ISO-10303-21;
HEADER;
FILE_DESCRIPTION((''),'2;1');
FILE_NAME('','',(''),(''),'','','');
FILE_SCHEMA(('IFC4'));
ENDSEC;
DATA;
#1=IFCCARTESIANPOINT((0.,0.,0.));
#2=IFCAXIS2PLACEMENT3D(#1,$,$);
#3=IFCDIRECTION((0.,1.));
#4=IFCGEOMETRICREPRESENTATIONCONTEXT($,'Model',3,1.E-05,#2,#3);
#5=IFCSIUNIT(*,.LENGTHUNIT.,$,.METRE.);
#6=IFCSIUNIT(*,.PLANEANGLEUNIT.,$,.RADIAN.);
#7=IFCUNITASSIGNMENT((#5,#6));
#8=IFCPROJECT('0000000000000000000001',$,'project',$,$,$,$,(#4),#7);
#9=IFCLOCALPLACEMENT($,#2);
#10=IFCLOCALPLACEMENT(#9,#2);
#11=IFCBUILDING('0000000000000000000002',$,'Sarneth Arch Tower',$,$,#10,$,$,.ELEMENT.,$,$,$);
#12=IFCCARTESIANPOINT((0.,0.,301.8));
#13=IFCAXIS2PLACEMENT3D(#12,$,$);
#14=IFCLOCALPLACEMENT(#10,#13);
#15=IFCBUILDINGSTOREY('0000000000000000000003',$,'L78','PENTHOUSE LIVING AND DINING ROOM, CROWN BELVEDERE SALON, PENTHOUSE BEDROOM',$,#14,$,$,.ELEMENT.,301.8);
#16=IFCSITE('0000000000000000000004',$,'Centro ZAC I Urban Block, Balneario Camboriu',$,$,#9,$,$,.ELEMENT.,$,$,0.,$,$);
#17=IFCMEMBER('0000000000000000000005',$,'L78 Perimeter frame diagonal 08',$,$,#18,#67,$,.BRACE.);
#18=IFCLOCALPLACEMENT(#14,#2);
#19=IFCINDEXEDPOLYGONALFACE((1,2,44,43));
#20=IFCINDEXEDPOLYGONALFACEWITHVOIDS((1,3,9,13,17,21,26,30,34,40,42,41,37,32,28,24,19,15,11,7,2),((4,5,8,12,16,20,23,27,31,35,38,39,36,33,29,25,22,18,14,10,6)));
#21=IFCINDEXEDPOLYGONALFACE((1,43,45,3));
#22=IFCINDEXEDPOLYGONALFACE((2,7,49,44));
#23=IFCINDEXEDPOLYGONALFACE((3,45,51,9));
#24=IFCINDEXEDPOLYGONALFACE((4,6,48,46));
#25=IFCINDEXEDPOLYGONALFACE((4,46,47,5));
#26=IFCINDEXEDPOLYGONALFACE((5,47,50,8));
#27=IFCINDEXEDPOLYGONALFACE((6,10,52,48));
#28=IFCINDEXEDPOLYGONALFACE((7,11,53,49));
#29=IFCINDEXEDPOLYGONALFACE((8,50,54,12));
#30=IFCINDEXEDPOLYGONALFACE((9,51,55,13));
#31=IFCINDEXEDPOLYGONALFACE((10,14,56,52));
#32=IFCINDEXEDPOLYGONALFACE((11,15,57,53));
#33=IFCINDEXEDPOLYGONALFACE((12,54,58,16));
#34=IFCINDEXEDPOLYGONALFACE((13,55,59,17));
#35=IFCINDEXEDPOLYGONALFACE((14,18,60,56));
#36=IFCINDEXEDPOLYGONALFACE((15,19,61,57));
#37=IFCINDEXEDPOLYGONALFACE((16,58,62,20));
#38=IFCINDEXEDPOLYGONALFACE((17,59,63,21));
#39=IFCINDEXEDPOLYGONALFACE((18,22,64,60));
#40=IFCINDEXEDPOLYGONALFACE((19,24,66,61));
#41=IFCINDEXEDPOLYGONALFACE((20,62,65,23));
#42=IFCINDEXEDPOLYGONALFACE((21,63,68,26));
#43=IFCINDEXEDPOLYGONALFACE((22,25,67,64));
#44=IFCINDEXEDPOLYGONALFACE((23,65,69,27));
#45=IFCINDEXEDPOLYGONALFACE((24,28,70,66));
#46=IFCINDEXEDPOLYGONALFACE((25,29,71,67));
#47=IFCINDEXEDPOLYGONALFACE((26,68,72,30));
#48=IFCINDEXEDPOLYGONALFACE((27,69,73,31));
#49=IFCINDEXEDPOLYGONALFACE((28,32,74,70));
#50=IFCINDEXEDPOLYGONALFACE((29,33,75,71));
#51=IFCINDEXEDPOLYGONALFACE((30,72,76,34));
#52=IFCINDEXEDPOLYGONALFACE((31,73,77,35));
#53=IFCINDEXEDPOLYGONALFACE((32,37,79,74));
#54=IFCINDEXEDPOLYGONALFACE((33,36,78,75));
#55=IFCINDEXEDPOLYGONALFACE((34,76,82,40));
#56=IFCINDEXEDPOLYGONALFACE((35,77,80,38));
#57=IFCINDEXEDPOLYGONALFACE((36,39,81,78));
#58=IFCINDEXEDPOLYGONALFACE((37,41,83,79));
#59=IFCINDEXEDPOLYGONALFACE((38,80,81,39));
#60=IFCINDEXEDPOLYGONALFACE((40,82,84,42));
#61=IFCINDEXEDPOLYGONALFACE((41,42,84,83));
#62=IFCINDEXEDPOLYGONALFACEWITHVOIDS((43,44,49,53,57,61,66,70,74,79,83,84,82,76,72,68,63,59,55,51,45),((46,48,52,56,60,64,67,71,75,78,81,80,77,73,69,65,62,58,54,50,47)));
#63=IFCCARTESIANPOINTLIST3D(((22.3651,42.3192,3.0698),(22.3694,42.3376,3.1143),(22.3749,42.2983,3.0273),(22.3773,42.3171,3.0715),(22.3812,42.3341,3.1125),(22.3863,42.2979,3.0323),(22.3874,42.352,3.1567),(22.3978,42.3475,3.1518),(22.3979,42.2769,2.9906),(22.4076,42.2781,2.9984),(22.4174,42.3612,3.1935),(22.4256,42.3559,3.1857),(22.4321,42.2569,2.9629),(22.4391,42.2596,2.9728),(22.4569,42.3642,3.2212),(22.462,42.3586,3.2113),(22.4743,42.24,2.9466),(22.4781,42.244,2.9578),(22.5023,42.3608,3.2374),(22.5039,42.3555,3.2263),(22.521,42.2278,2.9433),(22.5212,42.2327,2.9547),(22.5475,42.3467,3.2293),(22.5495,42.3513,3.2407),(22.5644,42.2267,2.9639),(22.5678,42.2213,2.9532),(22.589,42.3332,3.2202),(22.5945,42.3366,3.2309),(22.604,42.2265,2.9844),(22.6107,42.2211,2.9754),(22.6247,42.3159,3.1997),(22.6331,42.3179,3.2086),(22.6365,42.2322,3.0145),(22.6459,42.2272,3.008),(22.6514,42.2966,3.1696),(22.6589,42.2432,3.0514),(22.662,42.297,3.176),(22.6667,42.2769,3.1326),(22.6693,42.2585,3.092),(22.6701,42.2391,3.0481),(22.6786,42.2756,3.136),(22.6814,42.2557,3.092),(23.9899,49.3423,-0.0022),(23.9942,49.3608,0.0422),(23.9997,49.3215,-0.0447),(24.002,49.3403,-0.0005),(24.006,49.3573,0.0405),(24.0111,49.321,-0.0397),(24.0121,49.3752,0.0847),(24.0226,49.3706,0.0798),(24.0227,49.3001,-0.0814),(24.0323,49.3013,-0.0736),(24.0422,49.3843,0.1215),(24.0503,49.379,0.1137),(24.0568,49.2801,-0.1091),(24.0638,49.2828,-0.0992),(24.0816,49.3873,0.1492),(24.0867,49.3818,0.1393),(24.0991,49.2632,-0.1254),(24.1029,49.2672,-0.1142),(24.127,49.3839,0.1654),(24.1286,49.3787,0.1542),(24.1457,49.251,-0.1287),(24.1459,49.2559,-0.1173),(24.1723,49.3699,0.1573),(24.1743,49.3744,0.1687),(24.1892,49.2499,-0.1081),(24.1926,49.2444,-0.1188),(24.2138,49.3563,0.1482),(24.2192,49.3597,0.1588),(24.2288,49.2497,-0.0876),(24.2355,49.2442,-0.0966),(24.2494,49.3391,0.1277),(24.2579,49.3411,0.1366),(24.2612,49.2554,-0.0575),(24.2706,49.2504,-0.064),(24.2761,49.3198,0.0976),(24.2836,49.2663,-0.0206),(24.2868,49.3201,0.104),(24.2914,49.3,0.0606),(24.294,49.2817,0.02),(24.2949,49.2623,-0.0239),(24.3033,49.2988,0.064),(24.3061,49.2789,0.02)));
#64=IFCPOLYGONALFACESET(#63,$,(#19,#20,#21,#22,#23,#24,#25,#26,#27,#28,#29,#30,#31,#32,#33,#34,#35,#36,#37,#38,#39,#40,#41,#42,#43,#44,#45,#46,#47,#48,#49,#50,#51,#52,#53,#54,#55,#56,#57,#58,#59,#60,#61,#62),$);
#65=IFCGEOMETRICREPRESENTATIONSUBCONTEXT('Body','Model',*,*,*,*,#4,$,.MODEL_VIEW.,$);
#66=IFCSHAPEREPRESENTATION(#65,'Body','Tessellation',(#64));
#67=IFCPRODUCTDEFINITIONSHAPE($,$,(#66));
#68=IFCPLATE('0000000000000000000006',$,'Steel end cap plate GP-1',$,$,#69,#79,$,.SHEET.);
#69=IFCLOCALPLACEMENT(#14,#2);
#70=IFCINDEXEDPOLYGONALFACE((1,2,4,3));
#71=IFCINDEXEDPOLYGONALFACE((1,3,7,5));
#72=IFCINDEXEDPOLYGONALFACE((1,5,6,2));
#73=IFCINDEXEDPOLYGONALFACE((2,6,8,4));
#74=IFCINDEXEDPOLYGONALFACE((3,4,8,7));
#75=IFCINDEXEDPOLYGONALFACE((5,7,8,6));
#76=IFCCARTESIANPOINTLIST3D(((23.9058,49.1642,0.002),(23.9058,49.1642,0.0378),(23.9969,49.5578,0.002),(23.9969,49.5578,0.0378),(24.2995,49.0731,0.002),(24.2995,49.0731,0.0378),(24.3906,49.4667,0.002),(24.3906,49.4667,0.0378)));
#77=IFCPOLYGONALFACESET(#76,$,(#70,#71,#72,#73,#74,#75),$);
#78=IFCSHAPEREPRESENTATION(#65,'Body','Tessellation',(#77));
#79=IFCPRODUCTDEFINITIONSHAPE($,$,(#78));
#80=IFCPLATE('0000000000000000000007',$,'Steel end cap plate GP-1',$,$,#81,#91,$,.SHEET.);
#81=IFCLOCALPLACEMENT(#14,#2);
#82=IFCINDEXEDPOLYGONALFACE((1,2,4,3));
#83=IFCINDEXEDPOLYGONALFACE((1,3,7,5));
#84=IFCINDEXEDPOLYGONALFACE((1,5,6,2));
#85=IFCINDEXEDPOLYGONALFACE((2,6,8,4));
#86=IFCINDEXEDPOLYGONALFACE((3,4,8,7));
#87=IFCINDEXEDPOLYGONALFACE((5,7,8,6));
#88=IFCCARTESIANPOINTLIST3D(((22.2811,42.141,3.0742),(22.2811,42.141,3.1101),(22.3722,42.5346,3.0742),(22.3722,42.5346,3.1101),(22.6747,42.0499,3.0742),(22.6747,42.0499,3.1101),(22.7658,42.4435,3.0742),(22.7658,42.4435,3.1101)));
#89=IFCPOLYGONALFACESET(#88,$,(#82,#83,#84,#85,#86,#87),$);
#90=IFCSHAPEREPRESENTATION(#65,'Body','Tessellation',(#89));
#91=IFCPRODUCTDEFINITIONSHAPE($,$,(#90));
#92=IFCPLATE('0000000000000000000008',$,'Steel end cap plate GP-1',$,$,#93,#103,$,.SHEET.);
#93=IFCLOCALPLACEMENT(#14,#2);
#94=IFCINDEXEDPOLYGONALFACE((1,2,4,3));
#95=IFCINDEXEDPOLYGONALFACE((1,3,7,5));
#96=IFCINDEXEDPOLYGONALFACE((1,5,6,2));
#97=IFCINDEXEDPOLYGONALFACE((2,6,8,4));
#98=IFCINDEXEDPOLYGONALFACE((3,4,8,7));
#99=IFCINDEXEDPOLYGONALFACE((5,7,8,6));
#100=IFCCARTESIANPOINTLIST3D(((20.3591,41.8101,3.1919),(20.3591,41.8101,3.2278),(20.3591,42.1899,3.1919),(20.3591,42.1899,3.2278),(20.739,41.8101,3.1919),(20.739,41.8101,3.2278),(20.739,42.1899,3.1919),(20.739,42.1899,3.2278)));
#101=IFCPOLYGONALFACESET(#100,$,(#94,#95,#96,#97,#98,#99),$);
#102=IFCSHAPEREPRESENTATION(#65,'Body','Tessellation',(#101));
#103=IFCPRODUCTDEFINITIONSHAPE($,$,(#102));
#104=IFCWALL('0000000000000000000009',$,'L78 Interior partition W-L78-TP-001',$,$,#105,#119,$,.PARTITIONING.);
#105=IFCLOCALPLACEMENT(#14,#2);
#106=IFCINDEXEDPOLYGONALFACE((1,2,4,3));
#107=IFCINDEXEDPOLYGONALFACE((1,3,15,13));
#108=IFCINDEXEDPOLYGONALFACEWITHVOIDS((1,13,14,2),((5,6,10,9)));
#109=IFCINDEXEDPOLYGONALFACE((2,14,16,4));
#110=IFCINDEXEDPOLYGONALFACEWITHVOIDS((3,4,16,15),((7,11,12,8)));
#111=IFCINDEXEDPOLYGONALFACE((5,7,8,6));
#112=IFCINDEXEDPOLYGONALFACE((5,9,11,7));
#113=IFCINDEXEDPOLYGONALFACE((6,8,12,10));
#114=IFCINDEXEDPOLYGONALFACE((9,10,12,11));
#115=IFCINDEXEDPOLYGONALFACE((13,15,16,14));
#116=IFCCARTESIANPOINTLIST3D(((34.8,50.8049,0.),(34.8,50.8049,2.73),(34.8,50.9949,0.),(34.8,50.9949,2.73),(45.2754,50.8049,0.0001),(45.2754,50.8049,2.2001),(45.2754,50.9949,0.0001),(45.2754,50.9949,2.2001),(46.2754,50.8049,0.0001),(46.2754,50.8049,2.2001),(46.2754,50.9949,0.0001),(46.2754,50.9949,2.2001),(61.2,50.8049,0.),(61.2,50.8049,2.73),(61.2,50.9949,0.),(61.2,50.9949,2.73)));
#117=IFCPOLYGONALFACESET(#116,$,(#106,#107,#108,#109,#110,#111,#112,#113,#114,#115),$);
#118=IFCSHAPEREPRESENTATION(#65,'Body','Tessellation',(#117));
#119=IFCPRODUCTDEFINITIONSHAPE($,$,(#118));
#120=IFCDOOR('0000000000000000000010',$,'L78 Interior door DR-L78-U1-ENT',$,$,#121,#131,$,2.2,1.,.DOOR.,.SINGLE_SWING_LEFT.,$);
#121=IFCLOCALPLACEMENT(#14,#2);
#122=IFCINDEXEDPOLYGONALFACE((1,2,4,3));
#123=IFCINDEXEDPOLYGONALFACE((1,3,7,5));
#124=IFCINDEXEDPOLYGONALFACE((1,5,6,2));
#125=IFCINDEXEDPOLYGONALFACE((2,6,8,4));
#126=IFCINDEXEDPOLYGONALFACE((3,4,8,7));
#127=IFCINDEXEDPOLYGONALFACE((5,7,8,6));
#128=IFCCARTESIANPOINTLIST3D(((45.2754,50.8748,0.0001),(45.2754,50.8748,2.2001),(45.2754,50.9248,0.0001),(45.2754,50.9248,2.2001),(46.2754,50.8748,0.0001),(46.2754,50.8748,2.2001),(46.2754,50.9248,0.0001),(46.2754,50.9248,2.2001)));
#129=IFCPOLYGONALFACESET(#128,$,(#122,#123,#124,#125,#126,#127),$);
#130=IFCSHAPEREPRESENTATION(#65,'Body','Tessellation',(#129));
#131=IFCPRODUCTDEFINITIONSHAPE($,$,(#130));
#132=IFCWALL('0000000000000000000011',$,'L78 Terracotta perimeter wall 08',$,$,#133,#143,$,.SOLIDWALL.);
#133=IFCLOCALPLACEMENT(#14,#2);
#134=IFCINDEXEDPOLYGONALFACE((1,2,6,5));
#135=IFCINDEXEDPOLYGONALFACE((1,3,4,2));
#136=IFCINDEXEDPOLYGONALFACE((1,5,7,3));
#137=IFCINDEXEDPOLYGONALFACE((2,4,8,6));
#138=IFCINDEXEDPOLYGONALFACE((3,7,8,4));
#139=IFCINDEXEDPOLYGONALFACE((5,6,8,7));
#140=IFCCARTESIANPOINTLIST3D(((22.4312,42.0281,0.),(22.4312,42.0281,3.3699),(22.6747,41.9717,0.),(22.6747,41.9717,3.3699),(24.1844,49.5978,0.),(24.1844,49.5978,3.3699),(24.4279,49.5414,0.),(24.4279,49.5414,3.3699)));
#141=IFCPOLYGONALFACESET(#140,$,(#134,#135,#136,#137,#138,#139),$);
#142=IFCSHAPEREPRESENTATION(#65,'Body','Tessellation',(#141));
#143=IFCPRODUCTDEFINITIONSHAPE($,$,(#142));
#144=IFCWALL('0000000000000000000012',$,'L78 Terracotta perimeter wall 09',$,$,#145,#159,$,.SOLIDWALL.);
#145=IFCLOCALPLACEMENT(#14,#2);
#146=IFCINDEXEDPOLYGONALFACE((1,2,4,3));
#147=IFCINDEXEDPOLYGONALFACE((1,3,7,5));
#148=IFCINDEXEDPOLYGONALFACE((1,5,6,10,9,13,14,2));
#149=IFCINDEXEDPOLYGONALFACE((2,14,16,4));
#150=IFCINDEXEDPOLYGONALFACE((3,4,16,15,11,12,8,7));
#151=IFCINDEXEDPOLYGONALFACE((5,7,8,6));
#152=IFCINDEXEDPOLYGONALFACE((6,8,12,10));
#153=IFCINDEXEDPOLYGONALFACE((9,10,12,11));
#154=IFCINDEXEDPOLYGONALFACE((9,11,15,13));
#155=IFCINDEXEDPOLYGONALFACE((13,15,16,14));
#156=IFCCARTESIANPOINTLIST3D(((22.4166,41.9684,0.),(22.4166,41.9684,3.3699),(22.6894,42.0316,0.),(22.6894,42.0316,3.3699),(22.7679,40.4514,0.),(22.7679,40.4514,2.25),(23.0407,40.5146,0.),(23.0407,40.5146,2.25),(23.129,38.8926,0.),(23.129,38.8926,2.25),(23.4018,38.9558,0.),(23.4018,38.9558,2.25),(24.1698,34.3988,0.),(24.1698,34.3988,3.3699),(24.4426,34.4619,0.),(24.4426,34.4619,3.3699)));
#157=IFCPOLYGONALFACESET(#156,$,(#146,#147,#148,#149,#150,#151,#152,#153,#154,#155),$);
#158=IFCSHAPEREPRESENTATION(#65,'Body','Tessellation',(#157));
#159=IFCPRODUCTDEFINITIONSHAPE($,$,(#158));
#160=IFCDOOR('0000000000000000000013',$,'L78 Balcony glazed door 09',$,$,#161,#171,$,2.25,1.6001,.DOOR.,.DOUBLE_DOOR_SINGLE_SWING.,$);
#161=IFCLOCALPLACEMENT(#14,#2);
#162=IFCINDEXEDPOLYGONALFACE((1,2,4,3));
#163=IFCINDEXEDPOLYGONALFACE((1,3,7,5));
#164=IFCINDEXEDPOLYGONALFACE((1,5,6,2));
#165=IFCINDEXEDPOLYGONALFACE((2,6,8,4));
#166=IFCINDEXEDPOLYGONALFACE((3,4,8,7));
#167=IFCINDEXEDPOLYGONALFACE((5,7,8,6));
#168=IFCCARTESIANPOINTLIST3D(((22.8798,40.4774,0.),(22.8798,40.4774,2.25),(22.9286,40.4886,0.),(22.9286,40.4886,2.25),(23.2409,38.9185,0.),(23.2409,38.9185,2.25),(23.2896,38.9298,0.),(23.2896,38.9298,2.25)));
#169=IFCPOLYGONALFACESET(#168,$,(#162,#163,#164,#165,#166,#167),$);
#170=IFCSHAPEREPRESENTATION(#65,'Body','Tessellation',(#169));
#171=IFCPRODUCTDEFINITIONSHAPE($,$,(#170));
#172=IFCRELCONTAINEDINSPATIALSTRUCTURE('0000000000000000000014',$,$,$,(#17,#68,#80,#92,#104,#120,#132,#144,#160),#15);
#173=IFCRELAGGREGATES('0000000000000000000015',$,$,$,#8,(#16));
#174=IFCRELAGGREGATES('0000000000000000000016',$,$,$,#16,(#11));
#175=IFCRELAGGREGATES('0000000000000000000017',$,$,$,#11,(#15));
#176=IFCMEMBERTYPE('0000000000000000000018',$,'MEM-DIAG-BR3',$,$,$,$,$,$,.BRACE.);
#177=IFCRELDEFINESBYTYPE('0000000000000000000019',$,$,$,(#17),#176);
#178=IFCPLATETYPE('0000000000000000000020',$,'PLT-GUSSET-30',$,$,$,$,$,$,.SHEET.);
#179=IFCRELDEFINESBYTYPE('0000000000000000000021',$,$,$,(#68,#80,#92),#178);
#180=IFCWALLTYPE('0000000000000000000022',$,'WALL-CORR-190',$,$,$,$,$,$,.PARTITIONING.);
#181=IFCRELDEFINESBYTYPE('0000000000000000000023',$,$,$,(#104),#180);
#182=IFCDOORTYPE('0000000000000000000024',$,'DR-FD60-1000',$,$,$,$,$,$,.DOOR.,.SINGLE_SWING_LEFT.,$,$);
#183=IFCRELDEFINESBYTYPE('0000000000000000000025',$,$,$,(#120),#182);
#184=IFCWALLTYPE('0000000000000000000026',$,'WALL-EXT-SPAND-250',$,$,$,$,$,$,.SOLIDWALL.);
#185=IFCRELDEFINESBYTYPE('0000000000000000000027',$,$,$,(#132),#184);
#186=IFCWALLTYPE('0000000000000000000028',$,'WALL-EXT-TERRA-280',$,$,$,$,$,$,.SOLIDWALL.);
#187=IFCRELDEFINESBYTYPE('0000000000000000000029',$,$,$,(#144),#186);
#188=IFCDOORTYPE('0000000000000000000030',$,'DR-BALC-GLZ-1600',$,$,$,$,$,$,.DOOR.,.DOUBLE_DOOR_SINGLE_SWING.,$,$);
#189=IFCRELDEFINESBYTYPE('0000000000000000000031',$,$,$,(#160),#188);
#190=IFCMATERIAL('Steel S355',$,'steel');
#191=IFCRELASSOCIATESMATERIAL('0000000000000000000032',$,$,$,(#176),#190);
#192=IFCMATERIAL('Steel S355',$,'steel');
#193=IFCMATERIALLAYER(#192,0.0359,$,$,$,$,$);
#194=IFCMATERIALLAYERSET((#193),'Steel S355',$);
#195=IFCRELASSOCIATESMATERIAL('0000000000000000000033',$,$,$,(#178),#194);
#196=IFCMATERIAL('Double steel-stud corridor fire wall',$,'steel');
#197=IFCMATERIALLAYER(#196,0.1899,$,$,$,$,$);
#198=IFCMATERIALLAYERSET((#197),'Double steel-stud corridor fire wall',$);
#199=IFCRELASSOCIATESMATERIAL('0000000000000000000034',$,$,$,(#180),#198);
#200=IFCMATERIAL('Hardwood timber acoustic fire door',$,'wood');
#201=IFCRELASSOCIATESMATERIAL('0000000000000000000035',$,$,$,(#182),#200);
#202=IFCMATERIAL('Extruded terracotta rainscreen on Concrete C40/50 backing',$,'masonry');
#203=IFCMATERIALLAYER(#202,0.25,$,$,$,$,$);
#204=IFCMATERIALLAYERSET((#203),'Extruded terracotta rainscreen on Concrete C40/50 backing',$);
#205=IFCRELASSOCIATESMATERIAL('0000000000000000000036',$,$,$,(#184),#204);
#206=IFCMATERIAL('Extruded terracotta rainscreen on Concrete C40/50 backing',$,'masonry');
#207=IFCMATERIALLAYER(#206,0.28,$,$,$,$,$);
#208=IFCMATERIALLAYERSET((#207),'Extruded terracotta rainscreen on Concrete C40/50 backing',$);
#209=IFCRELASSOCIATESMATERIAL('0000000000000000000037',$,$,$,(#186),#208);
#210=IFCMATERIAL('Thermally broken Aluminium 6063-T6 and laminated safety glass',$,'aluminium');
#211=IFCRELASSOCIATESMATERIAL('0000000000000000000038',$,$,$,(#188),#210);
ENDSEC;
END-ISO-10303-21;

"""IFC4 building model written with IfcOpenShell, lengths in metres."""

from ifc_helpers import new_model, si_unit, direction, frame, frame_2d, origin, origin_2d, place, context, subcontext, project, spatial, rectangle, hollow_circle, extrude, material, layer, layer_set, material_profile, profile_set, type_object, element, fill, save


model = new_model("IFC4")

# Units and contexts
model_context = context("Model", 3, precision=1e-05, world=origin(), true_north=direction((0.0, 1.0)))
body_context = subcontext(model_context, "Body", "Model", "MODEL_VIEW")
ifc_project = project(units=[si_unit("LENGTHUNIT", "METRE"), si_unit("PLANEANGLEUNIT", "RADIAN")], contexts=[model_context])

# Site, building, storey
site_placement = place(None, origin())
site = spatial("IfcSite", under=ifc_project, at=site_placement, Name="Centro ZAC I Urban Block, Balneario Camboriu", CompositionType="ELEMENT", RefElevation=0.0)
building_placement = place(site_placement, origin())
building = spatial("IfcBuilding", under=site, at=building_placement, Name="Sarneth Arch Tower", CompositionType="ELEMENT")
storey_placement = place(building_placement, frame((0.0, 0.0, 301.8)))
storey = spatial("IfcBuildingStorey", under=building, at=storey_placement, Name="L78", Description="PENTHOUSE LIVING AND DINING ROOM, CROWN BELVEDERE SALON, PENTHOUSE BEDROOM", CompositionType="ELEMENT", Elevation=301.8)

# Member
ifc_material_1 = material(Name="Steel S355", Category="steel")
ifc_material_profile_1 = material_profile(ifc_material_1, hollow_circle(Radius=0.1621, WallThickness=0.0125, at=origin_2d()), Name="CHS324x12.5")
ifc_profile_set_1 = profile_set([ifc_material_profile_1], Name="Steel S355")
member_type_1 = type_object("IfcMemberType", Name="MEM-DIAG-BR3", PredefinedType="BRACE", material=ifc_profile_set_1)
member_1_placement = place(storey_placement, frame((24.1482, 49.3154, 0.02), z_axis=(-0.207346, -0.896276, 0.392041), x_axis=(0.974269, -0.225389, 0.0)))
element("IfcMember", 1, at=member_1_placement, inside=storey, type_object=member_type_1, Name="L78 Perimeter frame diagonal 08", PredefinedType="BRACE", context=body_context, shape_type="SweptSolid", body=[
    extrude(hollow_circle(Radius=0.1621, WallThickness=0.0125, at=origin_2d()), origin(), (0.0, 0.0, 1.0), 7.8359),
])

# Plates
ifc_material_2 = material(Name="Steel S355", Category="steel")
ifc_layer_1 = layer(ifc_material_2, 0.0359)
ifc_layer_set_1 = layer_set([ifc_layer_1], Name="Steel S355")
plate_type = type_object("IfcPlateType", Name="PLT-GUSSET-30", PredefinedType="SHEET", material=ifc_layer_set_1)
for number, where, z_axis, x_axis, name in (
    (2, (24.1482, 49.3154, 0.002), (0.0, 0.0, 1.0), (-0.225461, -0.974252, 0.0), "Steel end cap plate GP-1"),
    (3, (22.5234, 42.2922, 3.0742), (0.0, 0.0, 1.0), (-0.225461, -0.974252, 0.0), "Steel end cap plate GP-1"),
):
    element("IfcPlate", number, at=place(storey_placement, frame(where, z_axis=z_axis, x_axis=x_axis)), inside=storey, type_object=plate_type, Name=name, PredefinedType="SHEET", context=body_context, shape_type="SweptSolid", body=[
        extrude(rectangle(XDim=0.4041, YDim=0.4041, at=origin_2d()), origin(), (0.0, 0.0, 1.0), 0.0359),
    ])
plate_placement = place(storey_placement, frame((20.5491, 42.0, 3.1919), z_axis=(0.0, 0.0, 1.0), x_axis=(-1.0, 0.0, 0.0)))
element("IfcPlate", 4, at=plate_placement, inside=storey, type_object=plate_type, Name="Steel end cap plate GP-1", PredefinedType="SHEET", context=body_context, shape_type="SweptSolid", body=[
    extrude(rectangle(XDim=0.3799, YDim=0.3799, at=origin_2d()), origin(), (0.0, 0.0, 1.0), 0.0359),
])

# Wall, opening, door
ifc_material_3 = material(Name="Double steel-stud corridor fire wall", Category="steel")
ifc_layer_2 = layer(ifc_material_3, 0.1899)
ifc_layer_set_2 = layer_set([ifc_layer_2], Name="Double steel-stud corridor fire wall")
wall_type_1 = type_object("IfcWallType", Name="WALL-CORR-190", PredefinedType="PARTITIONING", material=ifc_layer_set_2)
wall_1_placement = place(storey_placement, frame((34.8, 50.8999, 0.0), z_axis=(0.0, 0.0, 1.0), x_axis=(1.0, 0.0, 0.0)))
wall_1 = element("IfcWall", 5, at=wall_1_placement, inside=storey, type_object=wall_type_1, Name="L78 Interior partition W-L78-TP-001", PredefinedType="PARTITIONING", context=body_context, shape_type="SweptSolid", body=[
    extrude(rectangle(XDim=26.3999, YDim=0.1899, at=frame_2d((13.2, 0.0))), origin(), (0.0, 0.0, 1.0), 2.73),
])
opening_1_placement = place(wall_1_placement, frame((10.4753, 0.0, 0.0)))
opening_1 = element("IfcOpeningElement", 6, at=opening_1_placement, cuts=wall_1, PredefinedType="OPENING", context=body_context, shape_type="SweptSolid", body=[
    extrude(rectangle(XDim=1.0, YDim=2.2, at=frame_2d((0.5, 1.1001))), frame((0.0, 0.105, 0.0), z_axis=(0.0, -1.0, 0.0), x_axis=(1.0, 0.0, 0.0)), (0.0, 0.0, 1.0), 0.21),
])
ifc_material_4 = material(Name="Hardwood timber acoustic fire door", Category="wood")
door_type_1 = type_object("IfcDoorType", Name="DR-FD60-1000", OperationType="SINGLE_SWING_LEFT", PredefinedType="DOOR", material=ifc_material_4)
door_1_placement = place(opening_1_placement, origin())
door_1 = element("IfcDoor", 7, at=door_1_placement, inside=storey, type_object=door_type_1, Name="L78 Interior door DR-L78-U1-ENT", OperationType="SINGLE_SWING_LEFT", OverallHeight=2.2, OverallWidth=1.0, PredefinedType="DOOR", context=body_context, shape_type="SweptSolid", body=[
    extrude(rectangle(XDim=1.0, YDim=2.2, at=frame_2d((0.5, 1.1001))), frame((0.0, 0.0249, 0.0), z_axis=(0.0, -1.0, 0.0), x_axis=(1.0, 0.0, 0.0)), (0.0, 0.0, 1.0), 0.05),
])
fill(opening_1, door_1)

# Wall
ifc_material_5 = material(Name="Extruded terracotta rainscreen on Concrete C40/50 backing", Category="masonry")
ifc_layer_3 = layer(ifc_material_5, 0.25)
ifc_layer_set_3 = layer_set([ifc_layer_3], Name="Extruded terracotta rainscreen on Concrete C40/50 backing")
wall_type_2 = type_object("IfcWallType", Name="WALL-EXT-SPAND-250", PredefinedType="SOLIDWALL", material=ifc_layer_set_3)
wall_2_placement = place(storey_placement, frame((24.3062, 49.5696, 0.0), z_axis=(0.0, 0.0, 1.0), x_axis=(-0.225635, -0.974212, 0.0)))
element("IfcWall", 8, at=wall_2_placement, inside=storey, type_object=wall_type_2, Name="L78 Terracotta perimeter wall 08", PredefinedType="SOLIDWALL", context=body_context, shape_type="SweptSolid", body=[
    extrude(rectangle(XDim=7.77, YDim=0.25, at=frame_2d((3.885, 0.0))), origin(), (0.0, 0.0, 1.0), 3.3699),
])

# Wall, opening, door
ifc_material_6 = material(Name="Extruded terracotta rainscreen on Concrete C40/50 backing", Category="masonry")
ifc_layer_4 = layer(ifc_material_6, 0.28)
ifc_layer_set_4 = layer_set([ifc_layer_4], Name="Extruded terracotta rainscreen on Concrete C40/50 backing")
wall_type_3 = type_object("IfcWallType", Name="WALL-EXT-TERRA-280", PredefinedType="SOLIDWALL", material=ifc_layer_set_4)
wall_3_placement = place(storey_placement, frame((22.553, 42.0, 0.0), z_axis=(0.0, 0.0, 1.0), x_axis=(0.225635, -0.974212, 0.0)))
wall_3 = element("IfcWall", 9, at=wall_3_placement, inside=storey, type_object=wall_type_3, Name="L78 Terracotta perimeter wall 09", PredefinedType="SOLIDWALL", context=body_context, shape_type="SweptSolid", body=[
    extrude(rectangle(XDim=7.77, YDim=0.28, at=frame_2d((3.885, 0.0))), origin(), (0.0, 0.0, 1.0), 3.3699),
])
opening_2_placement = place(wall_3_placement, frame((1.5571, 0.0, 0.0)))
opening_2 = element("IfcOpeningElement", 10, at=opening_2_placement, cuts=wall_3, PredefinedType="OPENING", context=body_context, shape_type="SweptSolid", body=[
    extrude(rectangle(XDim=1.6001, YDim=2.25, at=frame_2d((0.8, 1.125))), frame((0.0, 0.1499, 0.0), z_axis=(0.0, -1.0, 0.0), x_axis=(1.0, 0.0, 0.0)), (0.0, 0.0, 1.0), 0.3),
])
ifc_material_7 = material(Name="Thermally broken Aluminium 6063-T6 and laminated safety glass", Category="aluminium")
door_type_2 = type_object("IfcDoorType", Name="DR-BALC-GLZ-1600", OperationType="DOUBLE_DOOR_SINGLE_SWING", PredefinedType="DOOR", material=ifc_material_7)
door_2_placement = place(opening_2_placement, origin())
door_2 = element("IfcDoor", 11, at=door_2_placement, inside=storey, type_object=door_type_2, Name="L78 Balcony glazed door 09", OperationType="DOUBLE_DOOR_SINGLE_SWING", OverallHeight=2.25, OverallWidth=1.6001, PredefinedType="DOOR", context=body_context, shape_type="SweptSolid", body=[
    extrude(rectangle(XDim=1.6001, YDim=2.25, at=frame_2d((0.8, 1.125))), frame((0.0, 0.0249, 0.0), z_axis=(0.0, -1.0, 0.0), x_axis=(1.0, 0.0, 0.0)), (0.0, 0.0, 1.0), 0.05),
])
fill(opening_2, door_2)

save(model, "model.ifc")
